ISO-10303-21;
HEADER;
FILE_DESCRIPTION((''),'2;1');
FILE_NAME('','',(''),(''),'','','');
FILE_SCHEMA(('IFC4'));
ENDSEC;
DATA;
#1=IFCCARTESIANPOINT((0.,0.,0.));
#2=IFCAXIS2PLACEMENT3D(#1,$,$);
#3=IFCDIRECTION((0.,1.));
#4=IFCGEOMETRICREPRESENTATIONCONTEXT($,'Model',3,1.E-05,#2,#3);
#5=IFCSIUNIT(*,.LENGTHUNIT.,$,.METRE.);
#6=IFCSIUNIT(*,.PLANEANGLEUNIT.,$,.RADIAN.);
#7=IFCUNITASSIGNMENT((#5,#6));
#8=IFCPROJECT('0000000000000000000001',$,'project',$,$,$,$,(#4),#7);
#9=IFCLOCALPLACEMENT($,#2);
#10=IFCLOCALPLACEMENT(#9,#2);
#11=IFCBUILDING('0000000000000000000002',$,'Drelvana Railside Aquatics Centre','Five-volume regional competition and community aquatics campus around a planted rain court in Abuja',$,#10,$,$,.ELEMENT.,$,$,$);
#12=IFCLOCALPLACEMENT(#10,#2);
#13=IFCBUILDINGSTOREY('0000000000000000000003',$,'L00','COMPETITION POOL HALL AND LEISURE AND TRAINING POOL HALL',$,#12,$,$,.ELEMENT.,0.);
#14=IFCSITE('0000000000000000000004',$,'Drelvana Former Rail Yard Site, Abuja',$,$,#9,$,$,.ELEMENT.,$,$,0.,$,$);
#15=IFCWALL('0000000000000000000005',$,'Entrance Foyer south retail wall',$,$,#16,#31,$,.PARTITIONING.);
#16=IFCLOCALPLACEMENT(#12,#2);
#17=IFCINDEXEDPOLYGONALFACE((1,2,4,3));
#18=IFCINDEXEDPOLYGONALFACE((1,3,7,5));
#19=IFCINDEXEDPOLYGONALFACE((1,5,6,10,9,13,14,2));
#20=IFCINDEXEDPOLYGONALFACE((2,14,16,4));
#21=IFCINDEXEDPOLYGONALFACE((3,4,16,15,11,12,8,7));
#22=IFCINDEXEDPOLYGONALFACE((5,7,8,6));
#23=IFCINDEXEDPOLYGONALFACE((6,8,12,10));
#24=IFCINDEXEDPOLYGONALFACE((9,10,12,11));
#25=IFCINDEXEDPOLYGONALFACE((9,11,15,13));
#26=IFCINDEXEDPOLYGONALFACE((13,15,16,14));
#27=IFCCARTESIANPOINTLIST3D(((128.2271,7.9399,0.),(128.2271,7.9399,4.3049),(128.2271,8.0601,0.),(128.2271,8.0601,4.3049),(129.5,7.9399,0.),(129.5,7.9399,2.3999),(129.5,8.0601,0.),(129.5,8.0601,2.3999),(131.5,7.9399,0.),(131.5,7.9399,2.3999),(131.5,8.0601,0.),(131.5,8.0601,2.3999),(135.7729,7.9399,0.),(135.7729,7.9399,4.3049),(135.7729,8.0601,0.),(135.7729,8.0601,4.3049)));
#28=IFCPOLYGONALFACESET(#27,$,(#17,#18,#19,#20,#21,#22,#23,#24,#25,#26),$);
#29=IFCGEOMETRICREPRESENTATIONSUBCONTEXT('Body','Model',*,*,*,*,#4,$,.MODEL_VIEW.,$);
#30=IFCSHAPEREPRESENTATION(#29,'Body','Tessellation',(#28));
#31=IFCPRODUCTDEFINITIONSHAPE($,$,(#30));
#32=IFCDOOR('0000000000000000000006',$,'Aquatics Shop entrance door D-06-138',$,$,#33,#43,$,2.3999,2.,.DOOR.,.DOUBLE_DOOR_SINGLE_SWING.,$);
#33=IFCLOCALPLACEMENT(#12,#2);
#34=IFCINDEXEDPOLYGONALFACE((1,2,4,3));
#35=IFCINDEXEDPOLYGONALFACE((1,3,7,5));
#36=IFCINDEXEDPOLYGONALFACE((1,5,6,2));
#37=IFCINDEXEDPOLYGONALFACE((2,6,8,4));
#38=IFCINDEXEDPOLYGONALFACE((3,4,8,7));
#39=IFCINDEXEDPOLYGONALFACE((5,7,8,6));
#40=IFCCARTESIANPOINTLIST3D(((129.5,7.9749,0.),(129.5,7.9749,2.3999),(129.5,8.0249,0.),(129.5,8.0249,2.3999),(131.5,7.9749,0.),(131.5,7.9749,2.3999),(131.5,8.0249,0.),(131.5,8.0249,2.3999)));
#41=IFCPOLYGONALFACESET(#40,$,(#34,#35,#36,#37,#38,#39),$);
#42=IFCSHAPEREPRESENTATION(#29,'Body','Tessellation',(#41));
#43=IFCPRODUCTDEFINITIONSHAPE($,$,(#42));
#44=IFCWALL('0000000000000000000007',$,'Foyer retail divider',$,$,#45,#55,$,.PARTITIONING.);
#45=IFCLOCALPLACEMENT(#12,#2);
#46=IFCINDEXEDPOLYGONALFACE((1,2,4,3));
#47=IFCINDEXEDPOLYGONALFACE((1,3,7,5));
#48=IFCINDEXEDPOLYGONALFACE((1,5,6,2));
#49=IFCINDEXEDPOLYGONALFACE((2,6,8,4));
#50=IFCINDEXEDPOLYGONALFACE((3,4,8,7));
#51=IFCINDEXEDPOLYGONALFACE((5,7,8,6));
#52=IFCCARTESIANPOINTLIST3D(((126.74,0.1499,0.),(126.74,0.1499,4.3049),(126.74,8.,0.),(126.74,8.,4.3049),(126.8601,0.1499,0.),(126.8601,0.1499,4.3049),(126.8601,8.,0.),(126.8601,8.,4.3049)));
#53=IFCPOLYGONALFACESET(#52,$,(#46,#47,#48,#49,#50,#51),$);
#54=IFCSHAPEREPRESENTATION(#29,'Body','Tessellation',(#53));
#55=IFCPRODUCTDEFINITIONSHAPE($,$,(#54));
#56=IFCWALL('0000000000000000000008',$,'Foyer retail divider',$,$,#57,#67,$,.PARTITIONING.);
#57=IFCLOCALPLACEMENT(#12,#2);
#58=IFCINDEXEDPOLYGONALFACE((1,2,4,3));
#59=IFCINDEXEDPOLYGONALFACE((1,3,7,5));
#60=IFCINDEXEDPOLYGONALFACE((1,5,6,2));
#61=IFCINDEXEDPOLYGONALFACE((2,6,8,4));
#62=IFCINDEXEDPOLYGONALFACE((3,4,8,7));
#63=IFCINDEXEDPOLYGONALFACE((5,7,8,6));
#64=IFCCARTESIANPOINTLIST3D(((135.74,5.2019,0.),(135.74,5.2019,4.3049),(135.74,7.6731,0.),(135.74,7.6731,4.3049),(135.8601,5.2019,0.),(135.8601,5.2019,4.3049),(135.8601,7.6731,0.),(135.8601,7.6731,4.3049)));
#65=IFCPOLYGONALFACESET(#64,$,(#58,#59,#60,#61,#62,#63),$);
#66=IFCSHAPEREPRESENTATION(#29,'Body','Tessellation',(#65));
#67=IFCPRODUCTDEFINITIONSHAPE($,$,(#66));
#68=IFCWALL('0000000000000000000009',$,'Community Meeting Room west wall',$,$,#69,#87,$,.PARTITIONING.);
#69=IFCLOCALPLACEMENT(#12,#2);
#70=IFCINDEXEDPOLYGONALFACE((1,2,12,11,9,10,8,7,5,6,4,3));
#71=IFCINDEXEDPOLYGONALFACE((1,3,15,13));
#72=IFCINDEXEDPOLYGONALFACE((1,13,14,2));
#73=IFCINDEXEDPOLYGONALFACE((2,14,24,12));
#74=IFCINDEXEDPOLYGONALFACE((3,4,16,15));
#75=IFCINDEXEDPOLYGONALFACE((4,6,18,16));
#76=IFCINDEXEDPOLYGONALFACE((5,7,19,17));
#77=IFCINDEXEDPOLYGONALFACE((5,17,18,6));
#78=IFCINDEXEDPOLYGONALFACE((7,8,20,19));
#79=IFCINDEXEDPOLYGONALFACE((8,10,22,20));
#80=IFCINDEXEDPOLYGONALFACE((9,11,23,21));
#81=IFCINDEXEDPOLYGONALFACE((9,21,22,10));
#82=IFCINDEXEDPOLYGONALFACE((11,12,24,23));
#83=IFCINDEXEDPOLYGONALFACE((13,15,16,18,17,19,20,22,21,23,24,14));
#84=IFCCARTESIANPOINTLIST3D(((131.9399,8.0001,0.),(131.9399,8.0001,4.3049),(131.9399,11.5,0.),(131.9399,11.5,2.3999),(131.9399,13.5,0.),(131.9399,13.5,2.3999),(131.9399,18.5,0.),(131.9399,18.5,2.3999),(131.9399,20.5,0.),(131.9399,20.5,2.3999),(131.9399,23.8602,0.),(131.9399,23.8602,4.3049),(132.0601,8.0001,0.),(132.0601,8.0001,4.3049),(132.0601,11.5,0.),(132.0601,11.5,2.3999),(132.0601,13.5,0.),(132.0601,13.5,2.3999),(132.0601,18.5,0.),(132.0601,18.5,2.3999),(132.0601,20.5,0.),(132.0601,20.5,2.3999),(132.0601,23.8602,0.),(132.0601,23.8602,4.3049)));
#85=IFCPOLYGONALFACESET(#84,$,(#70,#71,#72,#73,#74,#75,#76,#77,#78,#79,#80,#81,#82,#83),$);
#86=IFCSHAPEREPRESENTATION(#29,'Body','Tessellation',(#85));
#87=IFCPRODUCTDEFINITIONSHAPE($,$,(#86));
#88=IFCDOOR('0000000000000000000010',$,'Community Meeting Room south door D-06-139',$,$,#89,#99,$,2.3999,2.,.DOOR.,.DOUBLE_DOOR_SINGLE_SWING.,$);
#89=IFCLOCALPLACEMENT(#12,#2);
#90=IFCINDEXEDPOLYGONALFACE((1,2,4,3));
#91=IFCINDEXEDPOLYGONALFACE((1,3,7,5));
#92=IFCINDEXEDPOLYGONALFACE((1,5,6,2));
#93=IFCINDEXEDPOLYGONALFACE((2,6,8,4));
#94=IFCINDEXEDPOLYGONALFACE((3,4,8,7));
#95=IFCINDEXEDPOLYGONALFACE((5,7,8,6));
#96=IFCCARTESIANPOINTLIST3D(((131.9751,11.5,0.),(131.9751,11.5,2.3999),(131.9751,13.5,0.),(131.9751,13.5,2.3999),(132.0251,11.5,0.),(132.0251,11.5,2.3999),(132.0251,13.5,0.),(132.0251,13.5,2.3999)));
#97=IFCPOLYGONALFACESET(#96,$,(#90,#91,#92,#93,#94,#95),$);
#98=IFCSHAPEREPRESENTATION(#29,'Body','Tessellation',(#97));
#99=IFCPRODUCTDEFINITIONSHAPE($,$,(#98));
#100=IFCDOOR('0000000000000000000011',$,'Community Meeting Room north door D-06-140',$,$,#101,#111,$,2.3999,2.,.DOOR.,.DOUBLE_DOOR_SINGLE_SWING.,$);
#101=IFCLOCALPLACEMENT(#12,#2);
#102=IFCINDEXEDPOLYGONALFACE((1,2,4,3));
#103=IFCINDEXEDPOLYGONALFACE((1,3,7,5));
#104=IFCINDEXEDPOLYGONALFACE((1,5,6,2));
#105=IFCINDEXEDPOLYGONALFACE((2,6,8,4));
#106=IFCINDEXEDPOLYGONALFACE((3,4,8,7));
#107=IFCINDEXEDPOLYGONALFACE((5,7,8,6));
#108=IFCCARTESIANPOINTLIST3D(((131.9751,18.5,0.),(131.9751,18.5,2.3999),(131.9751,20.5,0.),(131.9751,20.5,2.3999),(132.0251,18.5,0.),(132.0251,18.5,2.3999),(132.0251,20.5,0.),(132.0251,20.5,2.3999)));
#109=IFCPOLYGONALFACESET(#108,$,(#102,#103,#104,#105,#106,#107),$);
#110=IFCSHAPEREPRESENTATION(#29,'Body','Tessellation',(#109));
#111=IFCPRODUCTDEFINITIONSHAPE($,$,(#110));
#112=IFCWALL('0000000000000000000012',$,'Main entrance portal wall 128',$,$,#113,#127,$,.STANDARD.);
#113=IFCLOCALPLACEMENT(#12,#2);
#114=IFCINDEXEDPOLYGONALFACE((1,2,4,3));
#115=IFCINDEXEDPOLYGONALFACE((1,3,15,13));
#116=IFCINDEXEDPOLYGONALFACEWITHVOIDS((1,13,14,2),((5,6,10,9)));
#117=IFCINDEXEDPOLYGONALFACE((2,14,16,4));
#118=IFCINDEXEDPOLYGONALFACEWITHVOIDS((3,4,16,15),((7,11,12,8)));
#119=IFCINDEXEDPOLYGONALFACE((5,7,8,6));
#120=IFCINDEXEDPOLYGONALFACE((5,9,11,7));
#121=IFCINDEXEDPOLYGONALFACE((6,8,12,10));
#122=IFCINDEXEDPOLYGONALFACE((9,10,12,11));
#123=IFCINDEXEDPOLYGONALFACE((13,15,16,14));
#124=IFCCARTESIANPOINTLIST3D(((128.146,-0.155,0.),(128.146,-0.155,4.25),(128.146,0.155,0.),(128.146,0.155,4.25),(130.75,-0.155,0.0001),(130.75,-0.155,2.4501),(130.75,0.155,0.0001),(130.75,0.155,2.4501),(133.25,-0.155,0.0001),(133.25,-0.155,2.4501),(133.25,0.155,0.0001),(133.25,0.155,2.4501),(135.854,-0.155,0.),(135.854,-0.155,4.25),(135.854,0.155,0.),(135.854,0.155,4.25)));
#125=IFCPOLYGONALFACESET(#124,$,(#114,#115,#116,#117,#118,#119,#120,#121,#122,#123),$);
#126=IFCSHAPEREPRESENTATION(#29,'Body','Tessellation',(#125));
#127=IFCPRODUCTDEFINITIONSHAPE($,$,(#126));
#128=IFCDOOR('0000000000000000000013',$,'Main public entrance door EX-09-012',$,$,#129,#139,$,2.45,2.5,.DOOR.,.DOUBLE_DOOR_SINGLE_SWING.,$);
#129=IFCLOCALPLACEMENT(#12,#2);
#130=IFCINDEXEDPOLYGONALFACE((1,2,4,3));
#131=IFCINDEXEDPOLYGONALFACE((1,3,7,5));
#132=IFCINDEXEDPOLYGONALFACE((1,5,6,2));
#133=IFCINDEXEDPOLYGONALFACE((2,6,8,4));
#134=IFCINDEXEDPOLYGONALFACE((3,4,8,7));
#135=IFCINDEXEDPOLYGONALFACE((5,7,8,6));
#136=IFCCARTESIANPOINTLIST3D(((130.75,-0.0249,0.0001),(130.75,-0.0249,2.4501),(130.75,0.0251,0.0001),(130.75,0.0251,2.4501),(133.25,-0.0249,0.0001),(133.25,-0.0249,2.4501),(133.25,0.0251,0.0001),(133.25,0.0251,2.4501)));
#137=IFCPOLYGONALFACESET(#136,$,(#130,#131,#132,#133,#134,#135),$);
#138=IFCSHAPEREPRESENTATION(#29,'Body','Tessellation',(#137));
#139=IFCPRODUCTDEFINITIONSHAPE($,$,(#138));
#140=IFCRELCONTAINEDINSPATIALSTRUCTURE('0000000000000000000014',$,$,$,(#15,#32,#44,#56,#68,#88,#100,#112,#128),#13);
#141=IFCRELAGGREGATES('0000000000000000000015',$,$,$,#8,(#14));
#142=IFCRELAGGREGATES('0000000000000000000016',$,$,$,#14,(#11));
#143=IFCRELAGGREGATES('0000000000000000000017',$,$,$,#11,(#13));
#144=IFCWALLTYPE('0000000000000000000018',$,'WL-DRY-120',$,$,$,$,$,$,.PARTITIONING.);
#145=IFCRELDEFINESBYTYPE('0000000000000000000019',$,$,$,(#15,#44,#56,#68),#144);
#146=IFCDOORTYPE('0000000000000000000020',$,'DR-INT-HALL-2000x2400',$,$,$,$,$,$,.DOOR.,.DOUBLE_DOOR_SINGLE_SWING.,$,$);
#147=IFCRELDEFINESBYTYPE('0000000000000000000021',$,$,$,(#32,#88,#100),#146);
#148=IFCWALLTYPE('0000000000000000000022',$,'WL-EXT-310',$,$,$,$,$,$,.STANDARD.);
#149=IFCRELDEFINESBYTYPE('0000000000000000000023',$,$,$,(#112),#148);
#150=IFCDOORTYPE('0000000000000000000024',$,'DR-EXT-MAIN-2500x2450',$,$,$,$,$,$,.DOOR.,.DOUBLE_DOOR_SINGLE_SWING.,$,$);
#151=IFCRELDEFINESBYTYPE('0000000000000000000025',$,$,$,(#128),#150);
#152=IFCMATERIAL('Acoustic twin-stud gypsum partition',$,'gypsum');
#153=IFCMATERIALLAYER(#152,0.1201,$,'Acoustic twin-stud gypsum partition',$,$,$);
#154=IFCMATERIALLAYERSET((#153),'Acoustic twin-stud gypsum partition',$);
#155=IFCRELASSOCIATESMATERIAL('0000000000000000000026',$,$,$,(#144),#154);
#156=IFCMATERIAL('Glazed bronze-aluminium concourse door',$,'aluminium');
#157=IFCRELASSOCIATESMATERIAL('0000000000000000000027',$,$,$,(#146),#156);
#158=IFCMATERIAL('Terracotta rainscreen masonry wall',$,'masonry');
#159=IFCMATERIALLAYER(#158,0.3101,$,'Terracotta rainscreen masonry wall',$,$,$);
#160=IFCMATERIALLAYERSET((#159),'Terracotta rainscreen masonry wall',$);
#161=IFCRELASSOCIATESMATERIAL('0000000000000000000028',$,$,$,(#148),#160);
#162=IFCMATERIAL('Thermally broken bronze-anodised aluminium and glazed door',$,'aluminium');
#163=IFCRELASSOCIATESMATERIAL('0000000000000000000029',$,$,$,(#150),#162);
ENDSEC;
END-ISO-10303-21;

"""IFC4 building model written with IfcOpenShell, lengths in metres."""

from ifc_helpers import new_model, si_unit, direction, frame, frame_2d, origin, place, context, subcontext, project, spatial, rectangle, extrude, material, layer, layer_set, type_object, element, fill, save


model = new_model("IFC4")

# Units and contexts
model_context = context("Model", 3, precision=1e-05, world=origin(), true_north=direction((0.0, 1.0)))
body_context = subcontext(model_context, "Body", "Model", "MODEL_VIEW")
ifc_project = project(units=[si_unit("LENGTHUNIT", "METRE"), si_unit("PLANEANGLEUNIT", "RADIAN")], contexts=[model_context])

# Site, building, storey
site_placement = place(None, origin())
site = spatial("IfcSite", under=ifc_project, at=site_placement, Name="Drelvana Former Rail Yard Site, Abuja", CompositionType="ELEMENT", RefElevation=0.0)
building_placement = place(site_placement, origin())
building = spatial("IfcBuilding", under=site, at=building_placement, Name="Drelvana Railside Aquatics Centre", Description="Five-volume regional competition and community aquatics campus around a planted rain court in Abuja", CompositionType="ELEMENT")
storey_placement = place(building_placement, origin())
storey = spatial("IfcBuildingStorey", under=building, at=storey_placement, Name="L00", Description="COMPETITION POOL HALL AND LEISURE AND TRAINING POOL HALL", CompositionType="ELEMENT", Elevation=0.0)

# Wall, opening, door
ifc_material_1 = material(Name="Acoustic twin-stud gypsum partition", Category="gypsum")
ifc_layer_1 = layer(ifc_material_1, 0.1201, Name="Acoustic twin-stud gypsum partition")
ifc_layer_set_1 = layer_set([ifc_layer_1], Name="Acoustic twin-stud gypsum partition")
wall_type_1 = type_object("IfcWallType", Name="WL-DRY-120", PredefinedType="PARTITIONING", material=ifc_layer_set_1)
wall_1_placement = place(storey_placement, frame((128.2271, 8.0, 0.0), z_axis=(0.0, 0.0, 1.0), x_axis=(1.0, 0.0, 0.0)))
wall_1 = element("IfcWall", 1, at=wall_1_placement, inside=storey, type_object=wall_type_1, Name="Entrance Foyer south retail wall", PredefinedType="PARTITIONING", context=body_context, shape_type="SweptSolid", body=[
    extrude(rectangle(XDim=7.5459, YDim=0.1201, at=frame_2d((3.7729, 0.0))), origin(), (0.0, 0.0, 1.0), 4.3049),
])
opening_1_placement = place(wall_1_placement, frame((1.2729, 0.0, 0.0)))
opening_1 = element("IfcOpeningElement", 2, at=opening_1_placement, cuts=wall_1, PredefinedType="OPENING", context=body_context, shape_type="SweptSolid", body=[
    extrude(rectangle(XDim=2.0, YDim=2.3999, at=frame_2d((1.0, 1.2))), frame((0.0, 0.0701, 0.0), z_axis=(0.0, -1.0, 0.0), x_axis=(1.0, 0.0, 0.0)), (0.0, 0.0, 1.0), 0.1401),
])
ifc_material_2 = material(Name="Glazed bronze-aluminium concourse door", Category="aluminium")
door_type_1 = type_object("IfcDoorType", Name="DR-INT-HALL-2000x2400", OperationType="DOUBLE_DOOR_SINGLE_SWING", PredefinedType="DOOR", material=ifc_material_2)
door_1_placement = place(opening_1_placement, origin())
door_1 = element("IfcDoor", 3, at=door_1_placement, inside=storey, type_object=door_type_1, Name="Aquatics Shop entrance door D-06-138", OperationType="DOUBLE_DOOR_SINGLE_SWING", OverallHeight=2.3999, OverallWidth=2.0, PredefinedType="DOOR", context=body_context, shape_type="SweptSolid", body=[
    extrude(rectangle(XDim=2.0, YDim=2.3999, at=frame_2d((1.0, 1.2))), frame((0.0, 0.0249, 0.0), z_axis=(0.0, -1.0, 0.0), x_axis=(1.0, 0.0, 0.0)), (0.0, 0.0, 1.0), 0.05),
])
fill(opening_1, door_1)

# Walls
wall_2_placement = place(storey_placement, frame((126.8, 0.1499, 0.0), z_axis=(0.0, 0.0, 1.0), x_axis=(0.0, 1.0, 0.0)))
element("IfcWall", 4, at=wall_2_placement, inside=storey, type_object=wall_type_1, Name="Foyer retail divider", PredefinedType="PARTITIONING", context=body_context, shape_type="SweptSolid", body=[
    extrude(rectangle(XDim=7.8501, YDim=0.1201, at=frame_2d((3.925, 0.0))), origin(), (0.0, 0.0, 1.0), 4.3049),
])
wall_3_placement = place(storey_placement, frame((135.8, 5.2019, 0.0), z_axis=(0.0, 0.0, 1.0), x_axis=(0.0, 1.0, 0.0)))
element("IfcWall", 5, at=wall_3_placement, inside=storey, type_object=wall_type_1, Name="Foyer retail divider", PredefinedType="PARTITIONING", context=body_context, shape_type="SweptSolid", body=[
    extrude(rectangle(XDim=2.4712, YDim=0.1201, at=frame_2d((1.2356, 0.0))), origin(), (0.0, 0.0, 1.0), 4.3049),
])

# Wall, openings, doors
wall_4_placement = place(storey_placement, frame((132.0, 8.0, 0.0), z_axis=(0.0, 0.0, 1.0), x_axis=(0.0, 1.0, 0.0)))
wall_4 = element("IfcWall", 6, at=wall_4_placement, inside=storey, type_object=wall_type_1, Name="Community Meeting Room west wall", PredefinedType="PARTITIONING", context=body_context, shape_type="SweptSolid", body=[
    extrude(rectangle(XDim=15.8601, YDim=0.1201, at=frame_2d((7.9302, 0.0))), origin(), (0.0, 0.0, 1.0), 4.3049),
])
opening_2_placement = place(wall_4_placement, frame((3.5, 0.0, 0.0)))
opening_2 = element("IfcOpeningElement", 7, at=opening_2_placement, cuts=wall_4, PredefinedType="OPENING", context=body_context, shape_type="SweptSolid", body=[
    extrude(rectangle(XDim=2.0, YDim=2.3999, at=frame_2d((1.0, 1.2))), frame((0.0, 0.0701, 0.0), z_axis=(0.0, -1.0, 0.0), x_axis=(1.0, 0.0, 0.0)), (0.0, 0.0, 1.0), 0.1401),
])
opening_3_placement = place(wall_4_placement, frame((10.5, 0.0, 0.0)))
opening_3 = element("IfcOpeningElement", 8, at=opening_3_placement, cuts=wall_4, PredefinedType="OPENING", context=body_context, shape_type="SweptSolid", body=[
    extrude(rectangle(XDim=2.0, YDim=2.3999, at=frame_2d((1.0, 1.2))), frame((0.0, 0.0701, 0.0), z_axis=(0.0, -1.0, 0.0), x_axis=(1.0, 0.0, 0.0)), (0.0, 0.0, 1.0), 0.1401),
])
door_2_placement = place(opening_2_placement, origin())
door_2 = element("IfcDoor", 9, at=door_2_placement, inside=storey, type_object=door_type_1, Name="Community Meeting Room south door D-06-139", OperationType="DOUBLE_DOOR_SINGLE_SWING", OverallHeight=2.3999, OverallWidth=2.0, PredefinedType="DOOR", context=body_context, shape_type="SweptSolid", body=[
    extrude(rectangle(XDim=2.0, YDim=2.3999, at=frame_2d((1.0, 1.2))), frame((0.0, 0.0249, 0.0), z_axis=(0.0, -1.0, 0.0), x_axis=(1.0, 0.0, 0.0)), (0.0, 0.0, 1.0), 0.05),
])
fill(opening_2, door_2)
door_3_placement = place(opening_3_placement, origin())
door_3 = element("IfcDoor", 10, at=door_3_placement, inside=storey, type_object=door_type_1, Name="Community Meeting Room north door D-06-140", OperationType="DOUBLE_DOOR_SINGLE_SWING", OverallHeight=2.3999, OverallWidth=2.0, PredefinedType="DOOR", context=body_context, shape_type="SweptSolid", body=[
    extrude(rectangle(XDim=2.0, YDim=2.3999, at=frame_2d((1.0, 1.2))), frame((0.0, 0.0249, 0.0), z_axis=(0.0, -1.0, 0.0), x_axis=(1.0, 0.0, 0.0)), (0.0, 0.0, 1.0), 0.05),
])
fill(opening_3, door_3)

# Wall, opening, door
ifc_material_3 = material(Name="Terracotta rainscreen masonry wall", Category="masonry")
ifc_layer_2 = layer(ifc_material_3, 0.3101, Name="Terracotta rainscreen masonry wall")
ifc_layer_set_2 = layer_set([ifc_layer_2], Name="Terracotta rainscreen masonry wall")
wall_type_2 = type_object("IfcWallType", Name="WL-EXT-310", PredefinedType="STANDARD", material=ifc_layer_set_2)
wall_5_placement = place(storey_placement, frame((128.146, 0.0, 0.0), z_axis=(0.0, 0.0, 1.0), x_axis=(1.0, 0.0, 0.0)))
wall_5 = element("IfcWall", 11, at=wall_5_placement, inside=storey, type_object=wall_type_2, Name="Main entrance portal wall 128", PredefinedType="STANDARD", context=body_context, shape_type="SweptSolid", body=[
    extrude(rectangle(XDim=7.708, YDim=0.3101, at=frame_2d((3.854, 0.0))), origin(), (0.0, 0.0, 1.0), 4.25),
])
opening_4_placement = place(wall_5_placement, frame((2.604, 0.0, 0.0)))
opening_4 = element("IfcOpeningElement", 12, at=opening_4_placement, cuts=wall_5, PredefinedType="OPENING", context=body_context, shape_type="SweptSolid", body=[
    extrude(rectangle(XDim=2.5, YDim=2.45, at=frame_2d((1.25, 1.2251))), frame((0.0, 0.165, 0.0), z_axis=(0.0, -1.0, 0.0), x_axis=(1.0, 0.0, 0.0)), (0.0, 0.0, 1.0), 0.3301),
])
ifc_material_4 = material(Name="Thermally broken bronze-anodised aluminium and glazed door", Category="aluminium")
door_type_2 = type_object("IfcDoorType", Name="DR-EXT-MAIN-2500x2450", OperationType="DOUBLE_DOOR_SINGLE_SWING", PredefinedType="DOOR", material=ifc_material_4)
door_4_placement = place(opening_4_placement, frame((2.5, 0.0, 0.0), z_axis=(0.0, 0.0, 1.0), x_axis=(-1.0, 0.0, 0.0)))
door_4 = element("IfcDoor", 13, at=door_4_placement, inside=storey, type_object=door_type_2, Name="Main public entrance door EX-09-012", OperationType="DOUBLE_DOOR_SINGLE_SWING", OverallHeight=2.45, OverallWidth=2.5, PredefinedType="DOOR", context=body_context, shape_type="SweptSolid", body=[
    extrude(rectangle(XDim=2.5, YDim=2.45, at=frame_2d((1.25, 1.2251))), frame((0.0, 0.0249, 0.0), z_axis=(0.0, -1.0, 0.0), x_axis=(1.0, 0.0, 0.0)), (0.0, 0.0, 1.0), 0.05),
])
fill(opening_4, door_4)

save(model, "model.ifc")
